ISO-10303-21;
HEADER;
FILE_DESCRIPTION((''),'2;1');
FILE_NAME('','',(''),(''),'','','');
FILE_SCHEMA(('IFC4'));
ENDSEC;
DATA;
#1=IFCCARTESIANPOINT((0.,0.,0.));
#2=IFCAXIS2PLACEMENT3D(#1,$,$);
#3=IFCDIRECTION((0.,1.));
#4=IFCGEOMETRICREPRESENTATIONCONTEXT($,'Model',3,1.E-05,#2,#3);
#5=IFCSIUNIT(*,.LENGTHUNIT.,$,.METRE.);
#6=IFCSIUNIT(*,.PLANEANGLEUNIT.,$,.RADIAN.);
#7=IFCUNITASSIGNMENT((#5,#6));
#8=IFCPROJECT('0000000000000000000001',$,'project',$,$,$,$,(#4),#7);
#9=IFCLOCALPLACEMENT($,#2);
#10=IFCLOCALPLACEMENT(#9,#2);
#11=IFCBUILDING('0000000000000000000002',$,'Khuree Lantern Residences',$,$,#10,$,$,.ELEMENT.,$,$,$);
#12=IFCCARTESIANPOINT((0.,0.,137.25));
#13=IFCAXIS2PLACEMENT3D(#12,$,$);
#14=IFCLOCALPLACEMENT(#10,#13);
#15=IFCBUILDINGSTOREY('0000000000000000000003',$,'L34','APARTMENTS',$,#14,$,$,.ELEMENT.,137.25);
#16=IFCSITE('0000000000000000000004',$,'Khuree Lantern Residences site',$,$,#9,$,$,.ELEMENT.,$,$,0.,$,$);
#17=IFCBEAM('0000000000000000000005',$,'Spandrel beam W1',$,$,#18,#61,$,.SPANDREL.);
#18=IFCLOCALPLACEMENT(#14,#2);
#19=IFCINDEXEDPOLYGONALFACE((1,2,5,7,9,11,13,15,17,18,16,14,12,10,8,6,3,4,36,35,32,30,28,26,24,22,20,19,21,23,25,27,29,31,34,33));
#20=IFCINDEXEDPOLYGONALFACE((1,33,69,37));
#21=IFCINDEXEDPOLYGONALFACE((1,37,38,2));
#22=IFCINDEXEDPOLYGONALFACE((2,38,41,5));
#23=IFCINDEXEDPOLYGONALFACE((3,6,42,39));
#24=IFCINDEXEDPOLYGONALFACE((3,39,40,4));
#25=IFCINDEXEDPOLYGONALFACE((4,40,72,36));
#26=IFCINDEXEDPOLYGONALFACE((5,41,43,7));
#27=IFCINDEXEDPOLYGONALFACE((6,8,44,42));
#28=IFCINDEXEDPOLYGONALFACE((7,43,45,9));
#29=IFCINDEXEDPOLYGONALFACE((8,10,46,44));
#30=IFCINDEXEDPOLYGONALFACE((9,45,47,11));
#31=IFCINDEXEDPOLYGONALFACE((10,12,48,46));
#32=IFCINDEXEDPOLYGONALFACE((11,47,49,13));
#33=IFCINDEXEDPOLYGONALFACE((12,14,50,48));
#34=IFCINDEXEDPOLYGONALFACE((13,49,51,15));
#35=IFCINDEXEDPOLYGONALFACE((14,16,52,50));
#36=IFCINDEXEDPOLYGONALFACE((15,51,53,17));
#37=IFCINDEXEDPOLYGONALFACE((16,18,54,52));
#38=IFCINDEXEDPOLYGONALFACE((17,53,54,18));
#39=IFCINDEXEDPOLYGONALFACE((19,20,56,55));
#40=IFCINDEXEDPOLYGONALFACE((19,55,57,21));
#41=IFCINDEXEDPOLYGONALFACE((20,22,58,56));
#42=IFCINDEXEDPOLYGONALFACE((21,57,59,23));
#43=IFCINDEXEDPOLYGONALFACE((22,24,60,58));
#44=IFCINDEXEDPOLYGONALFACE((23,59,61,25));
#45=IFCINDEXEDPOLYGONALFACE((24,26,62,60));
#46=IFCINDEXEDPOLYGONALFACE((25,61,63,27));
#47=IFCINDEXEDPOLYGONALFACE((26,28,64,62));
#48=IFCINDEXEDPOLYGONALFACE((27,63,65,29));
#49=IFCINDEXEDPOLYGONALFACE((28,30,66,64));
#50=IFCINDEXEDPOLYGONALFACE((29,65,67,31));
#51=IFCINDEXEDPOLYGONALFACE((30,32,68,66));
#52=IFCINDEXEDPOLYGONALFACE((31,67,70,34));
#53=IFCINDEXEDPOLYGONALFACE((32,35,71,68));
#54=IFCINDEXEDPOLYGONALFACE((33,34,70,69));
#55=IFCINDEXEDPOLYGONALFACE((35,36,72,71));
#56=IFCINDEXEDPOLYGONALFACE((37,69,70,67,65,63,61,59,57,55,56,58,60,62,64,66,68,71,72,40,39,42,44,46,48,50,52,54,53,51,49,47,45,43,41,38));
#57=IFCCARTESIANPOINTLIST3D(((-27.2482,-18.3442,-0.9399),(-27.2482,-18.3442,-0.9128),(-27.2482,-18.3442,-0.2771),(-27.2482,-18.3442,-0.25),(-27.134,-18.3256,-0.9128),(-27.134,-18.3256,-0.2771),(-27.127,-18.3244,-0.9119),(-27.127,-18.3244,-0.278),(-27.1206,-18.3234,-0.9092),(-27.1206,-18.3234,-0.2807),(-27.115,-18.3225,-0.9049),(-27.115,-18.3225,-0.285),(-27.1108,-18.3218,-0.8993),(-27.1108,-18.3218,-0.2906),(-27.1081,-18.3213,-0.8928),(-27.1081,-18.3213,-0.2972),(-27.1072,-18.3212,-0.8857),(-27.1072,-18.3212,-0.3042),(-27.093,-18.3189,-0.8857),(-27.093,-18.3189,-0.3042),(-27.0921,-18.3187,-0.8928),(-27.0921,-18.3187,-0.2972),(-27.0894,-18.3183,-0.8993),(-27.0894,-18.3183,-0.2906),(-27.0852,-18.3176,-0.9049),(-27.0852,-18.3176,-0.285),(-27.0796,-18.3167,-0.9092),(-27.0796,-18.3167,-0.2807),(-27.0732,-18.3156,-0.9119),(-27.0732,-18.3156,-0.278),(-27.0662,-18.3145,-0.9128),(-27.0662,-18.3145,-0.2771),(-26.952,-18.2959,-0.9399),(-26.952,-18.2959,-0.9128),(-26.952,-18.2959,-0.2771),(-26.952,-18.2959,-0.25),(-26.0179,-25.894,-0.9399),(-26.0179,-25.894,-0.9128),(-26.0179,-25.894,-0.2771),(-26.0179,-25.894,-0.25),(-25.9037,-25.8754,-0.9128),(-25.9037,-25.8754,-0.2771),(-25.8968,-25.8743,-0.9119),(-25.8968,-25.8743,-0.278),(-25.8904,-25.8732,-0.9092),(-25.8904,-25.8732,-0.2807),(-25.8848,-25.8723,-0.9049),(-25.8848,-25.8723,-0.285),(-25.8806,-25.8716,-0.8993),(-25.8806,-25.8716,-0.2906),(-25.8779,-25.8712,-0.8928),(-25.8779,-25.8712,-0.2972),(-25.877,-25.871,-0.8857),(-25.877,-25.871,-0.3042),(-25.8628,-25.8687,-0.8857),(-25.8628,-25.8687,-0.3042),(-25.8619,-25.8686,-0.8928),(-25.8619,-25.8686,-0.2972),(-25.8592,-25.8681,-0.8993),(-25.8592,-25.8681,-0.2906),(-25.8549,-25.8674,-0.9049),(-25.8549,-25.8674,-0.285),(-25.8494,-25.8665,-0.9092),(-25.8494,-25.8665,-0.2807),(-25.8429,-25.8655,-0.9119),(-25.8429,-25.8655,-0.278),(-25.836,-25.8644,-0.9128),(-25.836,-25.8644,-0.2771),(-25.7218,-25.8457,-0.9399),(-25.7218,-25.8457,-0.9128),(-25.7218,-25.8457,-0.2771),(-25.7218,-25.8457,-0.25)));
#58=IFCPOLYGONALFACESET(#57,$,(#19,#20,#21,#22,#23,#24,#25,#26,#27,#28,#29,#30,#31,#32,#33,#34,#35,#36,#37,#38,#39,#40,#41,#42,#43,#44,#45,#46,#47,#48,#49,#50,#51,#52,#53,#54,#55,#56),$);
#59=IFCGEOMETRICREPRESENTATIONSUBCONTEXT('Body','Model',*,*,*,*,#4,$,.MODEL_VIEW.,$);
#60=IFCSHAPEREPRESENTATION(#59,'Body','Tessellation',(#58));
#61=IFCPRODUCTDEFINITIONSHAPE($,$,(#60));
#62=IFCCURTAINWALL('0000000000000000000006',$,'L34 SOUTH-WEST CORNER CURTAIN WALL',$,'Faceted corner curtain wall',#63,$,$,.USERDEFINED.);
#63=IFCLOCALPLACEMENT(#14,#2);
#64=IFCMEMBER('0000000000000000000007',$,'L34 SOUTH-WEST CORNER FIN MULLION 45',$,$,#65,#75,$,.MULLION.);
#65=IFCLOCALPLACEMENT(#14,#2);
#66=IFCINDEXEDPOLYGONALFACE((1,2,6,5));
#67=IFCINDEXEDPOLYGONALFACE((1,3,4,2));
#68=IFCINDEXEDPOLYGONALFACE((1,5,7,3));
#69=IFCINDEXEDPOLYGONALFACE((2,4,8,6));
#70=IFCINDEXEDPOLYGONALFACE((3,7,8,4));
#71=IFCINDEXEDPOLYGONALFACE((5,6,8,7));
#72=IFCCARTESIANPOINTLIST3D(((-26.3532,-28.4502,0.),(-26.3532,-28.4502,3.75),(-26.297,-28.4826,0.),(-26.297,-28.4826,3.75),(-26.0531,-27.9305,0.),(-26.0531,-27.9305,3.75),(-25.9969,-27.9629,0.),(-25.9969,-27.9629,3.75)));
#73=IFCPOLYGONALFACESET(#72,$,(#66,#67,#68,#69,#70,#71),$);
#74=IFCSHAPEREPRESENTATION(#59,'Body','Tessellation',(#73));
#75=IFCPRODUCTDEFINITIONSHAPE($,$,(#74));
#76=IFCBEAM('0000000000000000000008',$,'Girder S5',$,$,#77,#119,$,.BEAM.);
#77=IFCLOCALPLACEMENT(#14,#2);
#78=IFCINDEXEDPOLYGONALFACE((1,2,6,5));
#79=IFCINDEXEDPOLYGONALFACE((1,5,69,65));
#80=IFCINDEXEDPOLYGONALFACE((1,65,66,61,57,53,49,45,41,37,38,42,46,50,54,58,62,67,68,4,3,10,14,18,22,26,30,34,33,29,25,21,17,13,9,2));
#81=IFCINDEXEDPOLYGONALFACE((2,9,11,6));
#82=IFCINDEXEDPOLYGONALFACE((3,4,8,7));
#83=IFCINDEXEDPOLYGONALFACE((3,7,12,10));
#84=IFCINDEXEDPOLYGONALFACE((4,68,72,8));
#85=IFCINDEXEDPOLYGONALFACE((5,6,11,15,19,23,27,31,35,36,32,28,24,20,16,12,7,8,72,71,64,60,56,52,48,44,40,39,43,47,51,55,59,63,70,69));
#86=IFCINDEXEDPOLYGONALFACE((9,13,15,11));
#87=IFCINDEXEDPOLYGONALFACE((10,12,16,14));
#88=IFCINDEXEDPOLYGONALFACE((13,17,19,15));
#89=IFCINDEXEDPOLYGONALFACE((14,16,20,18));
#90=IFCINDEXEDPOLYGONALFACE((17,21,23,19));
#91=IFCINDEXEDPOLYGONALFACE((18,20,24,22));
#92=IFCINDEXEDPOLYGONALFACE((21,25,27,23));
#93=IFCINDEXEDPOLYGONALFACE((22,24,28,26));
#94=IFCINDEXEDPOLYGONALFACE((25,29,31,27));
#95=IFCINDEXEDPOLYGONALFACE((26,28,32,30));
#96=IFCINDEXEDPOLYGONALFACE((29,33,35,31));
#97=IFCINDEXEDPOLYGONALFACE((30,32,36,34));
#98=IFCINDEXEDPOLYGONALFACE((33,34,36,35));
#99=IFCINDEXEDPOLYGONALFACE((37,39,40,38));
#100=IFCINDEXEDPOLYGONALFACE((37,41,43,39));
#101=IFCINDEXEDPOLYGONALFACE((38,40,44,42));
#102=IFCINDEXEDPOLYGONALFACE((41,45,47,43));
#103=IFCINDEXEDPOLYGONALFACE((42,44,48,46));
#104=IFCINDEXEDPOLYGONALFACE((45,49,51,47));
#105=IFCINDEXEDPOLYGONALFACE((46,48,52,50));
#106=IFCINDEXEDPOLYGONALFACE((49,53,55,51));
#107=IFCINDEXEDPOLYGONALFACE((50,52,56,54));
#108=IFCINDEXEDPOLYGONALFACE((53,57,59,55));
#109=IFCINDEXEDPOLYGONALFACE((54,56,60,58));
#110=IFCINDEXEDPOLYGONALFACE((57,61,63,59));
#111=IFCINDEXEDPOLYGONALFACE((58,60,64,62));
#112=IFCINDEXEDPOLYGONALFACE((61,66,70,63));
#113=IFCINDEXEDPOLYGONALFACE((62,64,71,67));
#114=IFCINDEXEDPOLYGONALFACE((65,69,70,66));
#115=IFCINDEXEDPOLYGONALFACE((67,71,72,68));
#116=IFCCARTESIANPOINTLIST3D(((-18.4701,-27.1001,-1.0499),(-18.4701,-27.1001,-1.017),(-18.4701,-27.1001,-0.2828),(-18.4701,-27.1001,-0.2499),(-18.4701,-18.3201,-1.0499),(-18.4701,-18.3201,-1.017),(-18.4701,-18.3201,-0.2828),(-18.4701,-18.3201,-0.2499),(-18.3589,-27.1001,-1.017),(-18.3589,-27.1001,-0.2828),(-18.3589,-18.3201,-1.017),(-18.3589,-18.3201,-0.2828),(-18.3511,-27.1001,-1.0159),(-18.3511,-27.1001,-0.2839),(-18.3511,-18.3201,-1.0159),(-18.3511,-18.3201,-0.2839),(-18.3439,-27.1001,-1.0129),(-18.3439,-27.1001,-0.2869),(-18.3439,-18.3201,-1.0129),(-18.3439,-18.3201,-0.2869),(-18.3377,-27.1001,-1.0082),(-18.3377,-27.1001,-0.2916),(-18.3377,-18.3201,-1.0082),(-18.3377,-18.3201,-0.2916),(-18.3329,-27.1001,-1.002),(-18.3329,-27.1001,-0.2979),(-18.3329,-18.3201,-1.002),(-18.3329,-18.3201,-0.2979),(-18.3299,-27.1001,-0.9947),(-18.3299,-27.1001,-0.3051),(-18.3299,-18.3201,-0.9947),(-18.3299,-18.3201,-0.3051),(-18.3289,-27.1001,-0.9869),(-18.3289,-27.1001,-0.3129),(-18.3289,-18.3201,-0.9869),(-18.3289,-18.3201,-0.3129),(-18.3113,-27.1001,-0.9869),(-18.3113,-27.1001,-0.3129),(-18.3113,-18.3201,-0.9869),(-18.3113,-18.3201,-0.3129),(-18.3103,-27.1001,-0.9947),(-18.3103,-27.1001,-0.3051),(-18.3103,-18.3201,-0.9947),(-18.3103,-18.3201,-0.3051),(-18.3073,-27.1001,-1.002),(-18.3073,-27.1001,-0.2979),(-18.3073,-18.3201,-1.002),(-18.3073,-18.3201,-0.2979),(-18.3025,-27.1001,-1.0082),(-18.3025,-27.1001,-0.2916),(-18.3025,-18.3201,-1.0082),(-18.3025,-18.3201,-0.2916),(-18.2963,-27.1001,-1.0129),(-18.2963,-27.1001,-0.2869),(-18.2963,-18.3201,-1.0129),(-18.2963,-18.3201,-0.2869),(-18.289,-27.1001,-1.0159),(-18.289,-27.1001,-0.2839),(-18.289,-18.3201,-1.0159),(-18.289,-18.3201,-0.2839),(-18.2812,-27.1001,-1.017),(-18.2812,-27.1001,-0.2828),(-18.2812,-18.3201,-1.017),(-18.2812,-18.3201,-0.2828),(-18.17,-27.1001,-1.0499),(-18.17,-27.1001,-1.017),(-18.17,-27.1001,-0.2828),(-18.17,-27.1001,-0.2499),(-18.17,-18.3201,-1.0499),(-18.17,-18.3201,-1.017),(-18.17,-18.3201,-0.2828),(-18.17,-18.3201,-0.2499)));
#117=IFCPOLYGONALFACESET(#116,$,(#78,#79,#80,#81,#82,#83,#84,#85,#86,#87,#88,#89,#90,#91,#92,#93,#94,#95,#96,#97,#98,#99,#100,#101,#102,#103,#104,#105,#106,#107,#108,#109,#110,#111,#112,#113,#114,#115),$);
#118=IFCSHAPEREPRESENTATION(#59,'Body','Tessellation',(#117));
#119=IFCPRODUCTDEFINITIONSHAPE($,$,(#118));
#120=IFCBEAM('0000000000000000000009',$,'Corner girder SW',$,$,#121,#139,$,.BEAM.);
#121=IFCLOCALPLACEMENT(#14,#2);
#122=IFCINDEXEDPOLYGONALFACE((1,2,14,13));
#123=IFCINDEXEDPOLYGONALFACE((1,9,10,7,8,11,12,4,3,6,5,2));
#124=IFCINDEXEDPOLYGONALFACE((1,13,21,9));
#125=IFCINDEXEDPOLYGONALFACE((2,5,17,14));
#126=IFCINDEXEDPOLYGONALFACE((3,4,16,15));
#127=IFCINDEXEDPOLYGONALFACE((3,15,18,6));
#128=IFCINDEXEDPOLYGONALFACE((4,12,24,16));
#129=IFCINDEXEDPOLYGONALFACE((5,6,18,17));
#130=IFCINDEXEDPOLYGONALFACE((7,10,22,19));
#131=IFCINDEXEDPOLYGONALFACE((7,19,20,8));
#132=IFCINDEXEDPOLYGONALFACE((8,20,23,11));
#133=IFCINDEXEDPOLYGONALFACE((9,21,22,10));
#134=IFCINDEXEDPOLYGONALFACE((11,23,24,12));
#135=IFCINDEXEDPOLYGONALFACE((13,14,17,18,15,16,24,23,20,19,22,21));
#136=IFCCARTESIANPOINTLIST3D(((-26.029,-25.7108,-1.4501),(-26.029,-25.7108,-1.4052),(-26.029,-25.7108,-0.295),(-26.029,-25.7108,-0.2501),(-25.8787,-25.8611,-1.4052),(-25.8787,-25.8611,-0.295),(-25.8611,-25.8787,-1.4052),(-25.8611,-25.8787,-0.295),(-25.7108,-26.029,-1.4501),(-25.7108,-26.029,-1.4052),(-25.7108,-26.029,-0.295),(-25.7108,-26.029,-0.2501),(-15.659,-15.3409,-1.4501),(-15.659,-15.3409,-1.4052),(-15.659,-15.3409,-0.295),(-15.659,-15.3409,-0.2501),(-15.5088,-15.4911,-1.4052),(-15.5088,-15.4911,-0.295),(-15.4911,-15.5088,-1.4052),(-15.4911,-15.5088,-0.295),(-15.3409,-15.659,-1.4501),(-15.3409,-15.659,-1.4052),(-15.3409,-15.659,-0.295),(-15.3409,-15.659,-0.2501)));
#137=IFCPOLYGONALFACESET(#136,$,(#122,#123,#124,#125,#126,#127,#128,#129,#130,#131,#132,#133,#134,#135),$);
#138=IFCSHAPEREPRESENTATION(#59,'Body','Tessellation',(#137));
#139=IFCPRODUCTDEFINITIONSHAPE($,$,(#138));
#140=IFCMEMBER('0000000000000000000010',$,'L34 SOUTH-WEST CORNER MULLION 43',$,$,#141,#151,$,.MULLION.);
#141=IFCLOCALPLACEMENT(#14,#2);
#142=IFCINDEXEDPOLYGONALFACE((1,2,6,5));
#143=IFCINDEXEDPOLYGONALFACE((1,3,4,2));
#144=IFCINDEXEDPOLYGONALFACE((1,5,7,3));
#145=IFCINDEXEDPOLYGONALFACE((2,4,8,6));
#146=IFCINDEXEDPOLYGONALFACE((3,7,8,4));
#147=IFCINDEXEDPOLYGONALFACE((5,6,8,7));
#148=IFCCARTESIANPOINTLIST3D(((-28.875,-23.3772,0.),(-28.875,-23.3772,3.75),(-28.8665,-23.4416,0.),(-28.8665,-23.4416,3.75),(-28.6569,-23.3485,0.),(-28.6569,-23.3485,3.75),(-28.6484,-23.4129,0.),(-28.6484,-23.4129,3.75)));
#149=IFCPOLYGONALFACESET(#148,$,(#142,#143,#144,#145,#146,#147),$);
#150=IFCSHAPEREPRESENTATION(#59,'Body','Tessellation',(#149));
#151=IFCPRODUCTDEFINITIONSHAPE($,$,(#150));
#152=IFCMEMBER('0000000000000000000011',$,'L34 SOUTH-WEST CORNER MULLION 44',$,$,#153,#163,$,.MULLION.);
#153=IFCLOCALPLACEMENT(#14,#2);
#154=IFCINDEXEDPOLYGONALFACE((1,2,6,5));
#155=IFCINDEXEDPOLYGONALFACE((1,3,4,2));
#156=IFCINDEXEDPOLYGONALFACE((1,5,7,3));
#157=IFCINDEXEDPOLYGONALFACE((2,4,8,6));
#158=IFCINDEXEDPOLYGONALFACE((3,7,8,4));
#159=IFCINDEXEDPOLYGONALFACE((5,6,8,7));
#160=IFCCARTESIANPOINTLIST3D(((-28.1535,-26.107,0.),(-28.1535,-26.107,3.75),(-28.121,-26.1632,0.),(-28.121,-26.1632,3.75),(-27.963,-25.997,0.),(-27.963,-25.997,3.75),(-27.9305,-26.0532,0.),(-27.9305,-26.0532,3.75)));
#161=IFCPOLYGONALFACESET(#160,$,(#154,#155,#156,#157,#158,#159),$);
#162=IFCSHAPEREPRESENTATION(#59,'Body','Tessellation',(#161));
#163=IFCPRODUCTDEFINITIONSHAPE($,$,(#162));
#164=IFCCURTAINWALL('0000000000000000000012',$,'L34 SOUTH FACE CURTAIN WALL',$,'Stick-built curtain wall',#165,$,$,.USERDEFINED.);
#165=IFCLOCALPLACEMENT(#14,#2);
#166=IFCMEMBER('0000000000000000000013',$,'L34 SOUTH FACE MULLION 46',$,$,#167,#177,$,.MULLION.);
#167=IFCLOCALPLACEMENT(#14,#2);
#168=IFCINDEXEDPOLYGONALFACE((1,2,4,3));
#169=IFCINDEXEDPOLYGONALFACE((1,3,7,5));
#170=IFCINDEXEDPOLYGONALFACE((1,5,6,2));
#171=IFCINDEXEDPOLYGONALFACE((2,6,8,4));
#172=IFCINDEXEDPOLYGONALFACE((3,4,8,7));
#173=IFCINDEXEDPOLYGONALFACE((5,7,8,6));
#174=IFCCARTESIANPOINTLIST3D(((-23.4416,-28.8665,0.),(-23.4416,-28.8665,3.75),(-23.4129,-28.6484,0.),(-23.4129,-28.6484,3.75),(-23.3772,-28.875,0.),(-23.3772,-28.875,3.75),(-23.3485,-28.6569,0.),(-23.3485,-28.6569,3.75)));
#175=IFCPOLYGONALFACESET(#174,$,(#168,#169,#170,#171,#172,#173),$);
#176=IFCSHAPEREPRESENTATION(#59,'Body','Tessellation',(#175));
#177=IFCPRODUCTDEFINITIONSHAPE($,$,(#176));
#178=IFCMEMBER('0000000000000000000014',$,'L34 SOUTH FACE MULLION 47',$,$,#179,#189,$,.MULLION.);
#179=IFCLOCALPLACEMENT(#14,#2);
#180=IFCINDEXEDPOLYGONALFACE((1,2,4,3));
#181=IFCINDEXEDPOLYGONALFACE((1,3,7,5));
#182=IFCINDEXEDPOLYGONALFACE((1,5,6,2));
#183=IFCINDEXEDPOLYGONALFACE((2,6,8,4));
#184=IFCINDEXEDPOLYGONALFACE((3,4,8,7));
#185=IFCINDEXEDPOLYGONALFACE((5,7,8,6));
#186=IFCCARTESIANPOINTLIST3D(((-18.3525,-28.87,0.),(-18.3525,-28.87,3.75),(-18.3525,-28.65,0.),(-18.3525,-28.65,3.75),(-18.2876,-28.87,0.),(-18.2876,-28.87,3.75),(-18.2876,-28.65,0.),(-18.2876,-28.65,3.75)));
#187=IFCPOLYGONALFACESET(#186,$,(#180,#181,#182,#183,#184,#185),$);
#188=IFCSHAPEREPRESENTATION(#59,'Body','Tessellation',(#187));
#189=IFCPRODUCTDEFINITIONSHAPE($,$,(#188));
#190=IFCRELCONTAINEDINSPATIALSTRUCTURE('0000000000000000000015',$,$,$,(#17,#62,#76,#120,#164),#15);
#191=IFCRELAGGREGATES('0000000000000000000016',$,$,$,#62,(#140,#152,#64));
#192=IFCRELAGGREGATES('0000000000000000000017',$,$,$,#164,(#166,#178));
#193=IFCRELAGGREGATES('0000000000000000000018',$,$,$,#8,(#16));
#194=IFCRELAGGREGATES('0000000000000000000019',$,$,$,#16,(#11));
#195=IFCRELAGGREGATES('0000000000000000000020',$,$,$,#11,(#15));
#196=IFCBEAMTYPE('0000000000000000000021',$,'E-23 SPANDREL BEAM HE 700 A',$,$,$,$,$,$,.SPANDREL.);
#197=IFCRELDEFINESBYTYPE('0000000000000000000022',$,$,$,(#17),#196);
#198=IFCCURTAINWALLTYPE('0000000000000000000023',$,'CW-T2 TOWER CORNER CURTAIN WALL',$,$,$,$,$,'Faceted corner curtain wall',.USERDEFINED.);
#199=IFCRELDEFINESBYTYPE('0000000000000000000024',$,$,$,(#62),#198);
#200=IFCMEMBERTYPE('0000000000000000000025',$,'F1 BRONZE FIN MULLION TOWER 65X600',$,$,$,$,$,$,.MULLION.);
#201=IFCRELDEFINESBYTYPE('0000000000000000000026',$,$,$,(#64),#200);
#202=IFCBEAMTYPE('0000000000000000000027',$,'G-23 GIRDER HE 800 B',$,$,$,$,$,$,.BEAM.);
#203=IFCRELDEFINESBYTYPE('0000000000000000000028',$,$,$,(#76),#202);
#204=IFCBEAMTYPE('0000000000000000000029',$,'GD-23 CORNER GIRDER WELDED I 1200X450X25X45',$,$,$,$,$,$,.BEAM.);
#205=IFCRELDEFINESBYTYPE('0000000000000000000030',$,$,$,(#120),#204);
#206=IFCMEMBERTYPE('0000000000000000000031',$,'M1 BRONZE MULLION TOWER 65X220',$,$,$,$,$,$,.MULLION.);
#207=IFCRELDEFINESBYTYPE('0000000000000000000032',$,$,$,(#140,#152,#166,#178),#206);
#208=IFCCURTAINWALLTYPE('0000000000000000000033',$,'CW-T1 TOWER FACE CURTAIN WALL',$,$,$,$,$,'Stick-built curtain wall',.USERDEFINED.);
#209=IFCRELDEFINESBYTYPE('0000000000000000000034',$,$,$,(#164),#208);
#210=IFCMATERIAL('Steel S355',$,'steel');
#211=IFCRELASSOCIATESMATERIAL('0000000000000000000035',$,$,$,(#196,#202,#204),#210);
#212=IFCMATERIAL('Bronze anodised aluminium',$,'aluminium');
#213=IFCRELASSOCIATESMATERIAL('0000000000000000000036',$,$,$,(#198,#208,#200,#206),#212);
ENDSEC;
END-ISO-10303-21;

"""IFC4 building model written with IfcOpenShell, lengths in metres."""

from ifc_helpers import new_model, si_unit, direction, frame, origin, origin_2d, place, context, subcontext, project, spatial, rectangle, i_section, extrude, material, material_profile, profile_set, type_object, element, aggregate, save


model = new_model("IFC4")

# Units and contexts
model_context = context("Model", 3, precision=1e-05, world=origin(), true_north=direction((0.0, 1.0)))
body_context = subcontext(model_context, "Body", "Model", "MODEL_VIEW")
ifc_project = project(units=[si_unit("LENGTHUNIT", "METRE"), si_unit("PLANEANGLEUNIT", "RADIAN")], contexts=[model_context])

# Site, building, storey
site_placement = place(None, origin())
site = spatial("IfcSite", under=ifc_project, at=site_placement, Name="Khuree Lantern Residences site", CompositionType="ELEMENT", RefElevation=0.0)
building_placement = place(site_placement, origin())
building = spatial("IfcBuilding", under=site, at=building_placement, Name="Khuree Lantern Residences", CompositionType="ELEMENT")
storey_placement = place(building_placement, frame((0.0, 0.0, 137.25)))
storey = spatial("IfcBuildingStorey", under=building, at=storey_placement, Name="L34", Description="APARTMENTS", CompositionType="ELEMENT", Elevation=137.25)

# Beam
ifc_material_1 = material(Name="Steel S355", Category="steel")
ifc_material_profile_1 = material_profile(ifc_material_1, i_section(OverallWidth=0.3, OverallDepth=0.6899, WebThickness=0.0144, FlangeThickness=0.0271, FilletRadius=0.0271, at=origin_2d()), Name="HE 700 A")
ifc_profile_set_1 = profile_set([ifc_material_profile_1], Name="Steel S355")
beam_type_1 = type_object("IfcBeamType", Name="E-23 SPANDREL BEAM HE 700 A", PredefinedType="SPANDREL", material=ifc_profile_set_1)
for number, where, z_axis, x_axis, name in (
    (1, (-25.8699, -25.8699, -0.595), (-0.160827, 0.986983, 0.0), (-0.986983, -0.160827, 0.0), "Spandrel beam W1"),
):
    element("IfcBeam", number, at=place(storey_placement, frame(where, z_axis=z_axis, x_axis=x_axis)), inside=storey, type_object=beam_type_1, Name=name, PredefinedType="SPANDREL", context=body_context, shape_type="SweptSolid", body=[
        extrude(i_section(OverallWidth=0.3, OverallDepth=0.6899, WebThickness=0.0144, FlangeThickness=0.0271, FilletRadius=0.0271, at=origin_2d()), origin(), (0.0, 0.0, 1.0), 7.6494),
    ])

# Curtain wall, member
ifc_material_2 = material(Name="Bronze anodised aluminium", Category="aluminium")
curtain_wall_type_1 = type_object("IfcCurtainWallType", Name="CW-T2 TOWER CORNER CURTAIN WALL", ElementType="Faceted corner curtain wall", PredefinedType="USERDEFINED", material=ifc_material_2)
curtain_wall_1_placement = place(storey_placement, origin())
curtain_wall_1 = element("IfcCurtainWall", 2, at=curtain_wall_1_placement, inside=storey, type_object=curtain_wall_type_1, Name="L34 SOUTH-WEST CORNER CURTAIN WALL", ObjectType="Faceted corner curtain wall", PredefinedType="USERDEFINED")
ifc_material_profile_2 = material_profile(ifc_material_2, rectangle(XDim=0.0649, YDim=0.6001, at=origin_2d()), Name="F1 65X600")
ifc_profile_set_2 = profile_set([ifc_material_profile_2], Name="Bronze anodised aluminium")
member_type_1 = type_object("IfcMemberType", Name="F1 BRONZE FIN MULLION TOWER 65X600", PredefinedType="MULLION", material=ifc_profile_set_2)
member_1_placement = place(storey_placement, frame((-26.175, -28.2065, 0.0), z_axis=(0.0, 0.0, 1.0), x_axis=(0.866025, -0.5, 0.0)))
member_1 = element("IfcMember", 3, at=member_1_placement, type_object=member_type_1, Name="L34 SOUTH-WEST CORNER FIN MULLION 45", PredefinedType="MULLION", context=body_context, shape_type="SweptSolid", body=[
    extrude(rectangle(XDim=0.0649, YDim=0.6001, at=origin_2d()), origin(), (0.0, 0.0, 1.0), 3.75),
])

# Beams
ifc_material_profile_3 = material_profile(ifc_material_1, i_section(OverallWidth=0.3, OverallDepth=0.8, WebThickness=0.0176, FlangeThickness=0.033, FilletRadius=0.03, at=origin_2d()), Name="HE 800 B")
ifc_profile_set_3 = profile_set([ifc_material_profile_3], Name="Steel S355")
beam_type_2 = type_object("IfcBeamType", Name="G-23 GIRDER HE 800 B", PredefinedType="BEAM", material=ifc_profile_set_3)
beam_1_placement = place(storey_placement, frame((-18.3201, -27.1001, -0.6499), z_axis=(0.0, 1.0, 0.0), x_axis=(-1.0, 0.0, 0.0)))
element("IfcBeam", 4, at=beam_1_placement, inside=storey, type_object=beam_type_2, Name="Girder S5", PredefinedType="BEAM", context=body_context, shape_type="SweptSolid", body=[
    extrude(i_section(OverallWidth=0.3, OverallDepth=0.8, WebThickness=0.0176, FlangeThickness=0.033, FilletRadius=0.03, at=origin_2d()), origin(), (0.0, 0.0, 1.0), 8.78),
])
ifc_material_profile_4 = material_profile(ifc_material_1, i_section(OverallWidth=0.45, OverallDepth=1.2, WebThickness=0.0249, FlangeThickness=0.0449, at=origin_2d()), Name="WELDED I 1200X450X25X45")
ifc_profile_set_4 = profile_set([ifc_material_profile_4], Name="Steel S355")
beam_type_3 = type_object("IfcBeamType", Name="GD-23 CORNER GIRDER WELDED I 1200X450X25X45", PredefinedType="BEAM", material=ifc_profile_set_4)
beam_2_placement = place(storey_placement, frame((-25.8699, -25.8699, -0.8501), z_axis=(0.707107, 0.707107, 0.0), x_axis=(-0.707107, 0.707107, 0.0)))
element("IfcBeam", 5, at=beam_2_placement, inside=storey, type_object=beam_type_3, Name="Corner girder SW", PredefinedType="BEAM", context=body_context, shape_type="SweptSolid", body=[
    extrude(i_section(OverallWidth=0.45, OverallDepth=1.2, WebThickness=0.0249, FlangeThickness=0.0449, at=origin_2d()), origin(), (0.0, 0.0, 1.0), 14.6653),
])

# Members
ifc_material_profile_5 = material_profile(ifc_material_2, rectangle(XDim=0.0649, YDim=0.22, at=origin_2d()), Name="M1 65X220")
ifc_profile_set_5 = profile_set([ifc_material_profile_5], Name="Bronze anodised aluminium")
member_type_2 = type_object("IfcMemberType", Name="M1 BRONZE MULLION TOWER 65X220", PredefinedType="MULLION", material=ifc_profile_set_5)
member_2_placement = place(storey_placement, frame((-28.7617, -23.395, 0.0), z_axis=(0.0, 0.0, 1.0), x_axis=(0.130526, -0.991445, 0.0)))
member_2 = element("IfcMember", 6, at=member_2_placement, type_object=member_type_2, Name="L34 SOUTH-WEST CORNER MULLION 43", PredefinedType="MULLION", context=body_context, shape_type="SweptSolid", body=[
    extrude(rectangle(XDim=0.0649, YDim=0.22, at=origin_2d()), origin(), (0.0, 0.0, 1.0), 3.75),
])
member_3_placement = place(storey_placement, frame((-28.042, -26.0801, 0.0), z_axis=(0.0, 0.0, 1.0), x_axis=(0.5, -0.866025, 0.0)))
member_3 = element("IfcMember", 7, at=member_3_placement, type_object=member_type_2, Name="L34 SOUTH-WEST CORNER MULLION 44", PredefinedType="MULLION", context=body_context, shape_type="SweptSolid", body=[
    extrude(rectangle(XDim=0.0649, YDim=0.22, at=origin_2d()), origin(), (0.0, 0.0, 1.0), 3.75),
])

# Curtain wall, members
curtain_wall_type_2 = type_object("IfcCurtainWallType", Name="CW-T1 TOWER FACE CURTAIN WALL", ElementType="Stick-built curtain wall", PredefinedType="USERDEFINED", material=ifc_material_2)
curtain_wall_2_placement = place(storey_placement, origin())
curtain_wall_2 = element("IfcCurtainWall", 8, at=curtain_wall_2_placement, inside=storey, type_object=curtain_wall_type_2, Name="L34 SOUTH FACE CURTAIN WALL", ObjectType="Stick-built curtain wall", PredefinedType="USERDEFINED")
member_4_placement = place(storey_placement, frame((-23.395, -28.7617, 0.0), z_axis=(0.0, 0.0, 1.0), x_axis=(0.991445, -0.130526, 0.0)))
member_4 = element("IfcMember", 9, at=member_4_placement, type_object=member_type_2, Name="L34 SOUTH FACE MULLION 46", PredefinedType="MULLION", context=body_context, shape_type="SweptSolid", body=[
    extrude(rectangle(XDim=0.0649, YDim=0.22, at=origin_2d()), origin(), (0.0, 0.0, 1.0), 3.75),
])
member_5_placement = place(storey_placement, frame((-18.3201, -28.76, 0.0), z_axis=(0.0, 0.0, 1.0), x_axis=(1.0, 0.0, 0.0)))
member_5 = element("IfcMember", 10, at=member_5_placement, type_object=member_type_2, Name="L34 SOUTH FACE MULLION 47", PredefinedType="MULLION", context=body_context, shape_type="SweptSolid", body=[
    extrude(rectangle(XDim=0.0649, YDim=0.22, at=origin_2d()), origin(), (0.0, 0.0, 1.0), 3.75),
])

aggregate(curtain_wall_1, [member_2, member_3, member_1])
aggregate(curtain_wall_2, [member_4, member_5])

save(model, "model.ifc")
